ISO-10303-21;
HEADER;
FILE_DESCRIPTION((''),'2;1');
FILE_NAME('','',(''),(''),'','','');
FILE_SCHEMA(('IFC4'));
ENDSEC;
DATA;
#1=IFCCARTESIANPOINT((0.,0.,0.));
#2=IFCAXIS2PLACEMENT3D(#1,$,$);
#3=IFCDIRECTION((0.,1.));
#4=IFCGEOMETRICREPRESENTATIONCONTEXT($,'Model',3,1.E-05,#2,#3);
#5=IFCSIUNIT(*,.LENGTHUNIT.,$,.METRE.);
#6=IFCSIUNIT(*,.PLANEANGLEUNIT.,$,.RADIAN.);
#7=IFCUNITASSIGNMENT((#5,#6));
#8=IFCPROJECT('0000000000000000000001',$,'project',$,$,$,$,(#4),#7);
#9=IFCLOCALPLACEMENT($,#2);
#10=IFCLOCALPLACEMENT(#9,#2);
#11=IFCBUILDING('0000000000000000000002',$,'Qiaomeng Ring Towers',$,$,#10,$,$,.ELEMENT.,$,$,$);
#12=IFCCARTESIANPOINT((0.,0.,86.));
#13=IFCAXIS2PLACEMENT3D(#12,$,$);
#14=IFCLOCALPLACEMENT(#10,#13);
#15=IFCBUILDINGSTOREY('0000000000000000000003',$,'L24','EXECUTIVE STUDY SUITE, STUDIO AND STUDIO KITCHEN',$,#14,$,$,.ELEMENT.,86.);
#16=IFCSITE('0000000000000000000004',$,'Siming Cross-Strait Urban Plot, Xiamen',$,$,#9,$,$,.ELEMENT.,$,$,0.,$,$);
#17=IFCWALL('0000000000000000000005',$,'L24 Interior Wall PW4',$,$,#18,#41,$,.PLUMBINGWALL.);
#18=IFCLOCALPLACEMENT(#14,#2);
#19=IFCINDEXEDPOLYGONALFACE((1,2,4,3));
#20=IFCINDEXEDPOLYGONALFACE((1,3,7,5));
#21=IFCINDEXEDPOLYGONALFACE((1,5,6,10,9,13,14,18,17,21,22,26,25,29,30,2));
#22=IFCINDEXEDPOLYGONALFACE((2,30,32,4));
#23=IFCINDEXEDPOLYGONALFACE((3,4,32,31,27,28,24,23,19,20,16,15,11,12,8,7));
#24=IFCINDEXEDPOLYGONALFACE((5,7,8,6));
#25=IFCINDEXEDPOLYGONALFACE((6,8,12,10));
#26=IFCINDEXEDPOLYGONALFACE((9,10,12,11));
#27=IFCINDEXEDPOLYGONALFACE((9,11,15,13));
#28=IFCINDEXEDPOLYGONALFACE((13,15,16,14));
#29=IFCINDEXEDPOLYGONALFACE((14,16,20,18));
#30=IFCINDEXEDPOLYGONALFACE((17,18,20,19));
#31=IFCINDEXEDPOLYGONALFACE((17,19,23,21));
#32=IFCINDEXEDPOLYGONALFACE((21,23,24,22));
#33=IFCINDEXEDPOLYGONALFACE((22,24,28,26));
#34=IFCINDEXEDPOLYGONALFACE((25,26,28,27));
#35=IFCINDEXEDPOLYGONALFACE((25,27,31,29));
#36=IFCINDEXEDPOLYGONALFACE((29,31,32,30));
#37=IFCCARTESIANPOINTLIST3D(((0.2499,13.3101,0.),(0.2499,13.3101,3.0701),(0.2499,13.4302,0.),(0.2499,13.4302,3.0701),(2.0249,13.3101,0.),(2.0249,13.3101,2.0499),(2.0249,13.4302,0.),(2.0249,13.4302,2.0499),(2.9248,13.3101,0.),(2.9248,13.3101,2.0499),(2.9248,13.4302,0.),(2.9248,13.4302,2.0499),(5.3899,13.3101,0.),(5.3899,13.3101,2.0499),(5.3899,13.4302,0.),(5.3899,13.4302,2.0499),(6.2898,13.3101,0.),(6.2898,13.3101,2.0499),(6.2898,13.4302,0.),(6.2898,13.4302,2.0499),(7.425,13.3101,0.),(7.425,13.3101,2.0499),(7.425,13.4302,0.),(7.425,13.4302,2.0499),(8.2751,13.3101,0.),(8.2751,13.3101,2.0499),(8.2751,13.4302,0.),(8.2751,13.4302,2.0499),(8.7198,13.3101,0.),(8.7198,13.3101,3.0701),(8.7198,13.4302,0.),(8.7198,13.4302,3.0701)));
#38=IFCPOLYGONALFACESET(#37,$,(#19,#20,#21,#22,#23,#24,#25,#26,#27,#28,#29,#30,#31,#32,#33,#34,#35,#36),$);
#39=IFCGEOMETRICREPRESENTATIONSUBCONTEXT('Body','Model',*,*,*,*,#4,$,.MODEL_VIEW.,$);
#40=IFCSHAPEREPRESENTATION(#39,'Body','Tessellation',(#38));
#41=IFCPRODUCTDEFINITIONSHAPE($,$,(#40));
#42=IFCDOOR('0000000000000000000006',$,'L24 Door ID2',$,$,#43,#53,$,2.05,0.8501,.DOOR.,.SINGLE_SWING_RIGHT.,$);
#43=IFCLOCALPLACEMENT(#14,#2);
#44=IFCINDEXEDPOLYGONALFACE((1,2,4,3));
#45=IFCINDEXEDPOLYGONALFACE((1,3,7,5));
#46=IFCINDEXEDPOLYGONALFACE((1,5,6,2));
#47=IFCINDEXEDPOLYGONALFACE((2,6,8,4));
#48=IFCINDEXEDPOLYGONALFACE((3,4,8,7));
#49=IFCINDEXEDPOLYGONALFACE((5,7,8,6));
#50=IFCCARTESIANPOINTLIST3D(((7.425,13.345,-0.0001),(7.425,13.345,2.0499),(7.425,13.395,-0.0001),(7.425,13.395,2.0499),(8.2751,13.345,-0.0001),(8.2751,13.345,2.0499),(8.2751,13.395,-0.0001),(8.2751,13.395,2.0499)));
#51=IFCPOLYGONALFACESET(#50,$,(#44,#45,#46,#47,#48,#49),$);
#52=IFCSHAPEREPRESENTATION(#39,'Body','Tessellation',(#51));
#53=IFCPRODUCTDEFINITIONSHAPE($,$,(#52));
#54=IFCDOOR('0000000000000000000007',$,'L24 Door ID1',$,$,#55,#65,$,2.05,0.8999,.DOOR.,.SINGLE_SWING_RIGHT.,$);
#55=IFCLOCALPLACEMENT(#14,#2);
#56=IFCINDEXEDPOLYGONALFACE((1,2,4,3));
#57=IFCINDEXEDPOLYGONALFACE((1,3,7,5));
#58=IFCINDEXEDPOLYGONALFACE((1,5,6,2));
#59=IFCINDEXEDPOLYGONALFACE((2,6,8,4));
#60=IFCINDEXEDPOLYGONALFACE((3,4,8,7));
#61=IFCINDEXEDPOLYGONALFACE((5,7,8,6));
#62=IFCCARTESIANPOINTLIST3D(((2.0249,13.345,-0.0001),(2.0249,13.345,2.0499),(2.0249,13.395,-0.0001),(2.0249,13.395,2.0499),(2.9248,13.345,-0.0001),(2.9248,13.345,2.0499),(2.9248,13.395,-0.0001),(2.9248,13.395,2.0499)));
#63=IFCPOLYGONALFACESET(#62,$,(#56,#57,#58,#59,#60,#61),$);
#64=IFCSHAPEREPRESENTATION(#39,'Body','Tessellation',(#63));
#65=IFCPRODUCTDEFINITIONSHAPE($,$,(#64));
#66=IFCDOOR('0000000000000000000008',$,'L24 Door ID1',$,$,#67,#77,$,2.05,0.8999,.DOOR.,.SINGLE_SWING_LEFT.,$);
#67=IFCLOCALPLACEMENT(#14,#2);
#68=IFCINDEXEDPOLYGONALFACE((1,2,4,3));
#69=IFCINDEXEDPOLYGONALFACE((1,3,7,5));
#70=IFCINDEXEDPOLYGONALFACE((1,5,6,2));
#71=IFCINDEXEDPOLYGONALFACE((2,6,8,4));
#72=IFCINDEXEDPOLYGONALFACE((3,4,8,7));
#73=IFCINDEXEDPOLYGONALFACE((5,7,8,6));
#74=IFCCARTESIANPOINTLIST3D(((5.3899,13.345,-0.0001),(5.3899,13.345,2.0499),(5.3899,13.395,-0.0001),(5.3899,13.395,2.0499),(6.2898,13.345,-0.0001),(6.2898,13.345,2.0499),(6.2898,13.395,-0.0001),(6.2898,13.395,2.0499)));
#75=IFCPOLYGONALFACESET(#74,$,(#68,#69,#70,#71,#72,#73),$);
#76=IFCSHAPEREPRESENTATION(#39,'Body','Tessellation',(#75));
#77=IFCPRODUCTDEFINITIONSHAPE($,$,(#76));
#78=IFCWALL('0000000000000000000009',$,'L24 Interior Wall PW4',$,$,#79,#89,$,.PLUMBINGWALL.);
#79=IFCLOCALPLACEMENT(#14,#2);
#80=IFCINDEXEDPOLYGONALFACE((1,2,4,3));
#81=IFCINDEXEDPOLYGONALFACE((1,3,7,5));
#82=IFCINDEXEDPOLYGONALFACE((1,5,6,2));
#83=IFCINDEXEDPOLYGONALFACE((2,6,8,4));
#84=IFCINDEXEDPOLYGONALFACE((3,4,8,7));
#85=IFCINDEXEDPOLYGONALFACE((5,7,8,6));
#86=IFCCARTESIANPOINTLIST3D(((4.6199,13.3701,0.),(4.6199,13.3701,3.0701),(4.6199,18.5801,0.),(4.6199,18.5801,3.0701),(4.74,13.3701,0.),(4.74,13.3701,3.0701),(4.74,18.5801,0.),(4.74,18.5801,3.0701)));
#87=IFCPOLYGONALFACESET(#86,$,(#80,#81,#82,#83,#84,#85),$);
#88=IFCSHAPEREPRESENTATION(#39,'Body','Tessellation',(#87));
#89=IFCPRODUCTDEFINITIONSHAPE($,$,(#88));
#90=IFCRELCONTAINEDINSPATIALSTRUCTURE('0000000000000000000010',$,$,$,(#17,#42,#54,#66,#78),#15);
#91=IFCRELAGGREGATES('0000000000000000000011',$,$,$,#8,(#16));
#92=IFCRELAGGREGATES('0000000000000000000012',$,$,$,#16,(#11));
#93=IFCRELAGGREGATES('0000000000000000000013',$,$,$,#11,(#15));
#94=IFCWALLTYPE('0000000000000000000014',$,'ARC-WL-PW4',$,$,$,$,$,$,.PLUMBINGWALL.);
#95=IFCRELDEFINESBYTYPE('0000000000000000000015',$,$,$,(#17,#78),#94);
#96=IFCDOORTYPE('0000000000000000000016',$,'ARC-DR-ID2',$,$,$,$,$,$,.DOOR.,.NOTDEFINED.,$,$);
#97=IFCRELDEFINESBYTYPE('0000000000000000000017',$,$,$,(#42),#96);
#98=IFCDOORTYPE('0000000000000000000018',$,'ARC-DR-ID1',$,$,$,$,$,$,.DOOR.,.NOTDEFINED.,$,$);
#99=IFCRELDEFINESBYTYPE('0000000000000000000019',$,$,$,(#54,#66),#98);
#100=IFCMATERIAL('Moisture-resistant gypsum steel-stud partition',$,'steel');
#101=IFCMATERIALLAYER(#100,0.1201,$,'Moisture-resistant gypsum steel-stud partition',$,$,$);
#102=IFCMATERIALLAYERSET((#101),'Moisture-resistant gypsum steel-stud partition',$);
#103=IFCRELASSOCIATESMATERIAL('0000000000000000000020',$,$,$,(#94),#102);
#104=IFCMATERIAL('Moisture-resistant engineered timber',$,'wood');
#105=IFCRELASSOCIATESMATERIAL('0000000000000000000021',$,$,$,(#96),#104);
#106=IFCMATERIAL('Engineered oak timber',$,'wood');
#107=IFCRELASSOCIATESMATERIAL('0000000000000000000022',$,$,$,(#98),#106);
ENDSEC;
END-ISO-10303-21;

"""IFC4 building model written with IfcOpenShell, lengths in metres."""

from ifc_helpers import new_model, si_unit, direction, frame, frame_2d, origin, place, context, subcontext, project, spatial, rectangle, extrude, source, transform, mapped, material, layer, layer_set, type_object, element, fill, save


model = new_model("IFC4")

# Units and contexts
model_context = context("Model", 3, precision=1e-05, world=origin(), true_north=direction((0.0, 1.0)))
body_context = subcontext(model_context, "Body", "Model", "MODEL_VIEW")
ifc_project = project(units=[si_unit("LENGTHUNIT", "METRE"), si_unit("PLANEANGLEUNIT", "RADIAN")], contexts=[model_context])

# Site, building, storey
site_placement = place(None, origin())
site = spatial("IfcSite", under=ifc_project, at=site_placement, Name="Siming Cross-Strait Urban Plot, Xiamen", CompositionType="ELEMENT", RefElevation=0.0)
building_placement = place(site_placement, origin())
building = spatial("IfcBuilding", under=site, at=building_placement, Name="Qiaomeng Ring Towers", CompositionType="ELEMENT")
storey_placement = place(building_placement, frame((0.0, 0.0, 86.0)))
storey = spatial("IfcBuildingStorey", under=building, at=storey_placement, Name="L24", Description="EXECUTIVE STUDY SUITE, STUDIO AND STUDIO KITCHEN", CompositionType="ELEMENT", Elevation=86.0)

# Wall, openings, doors
ifc_material_1 = material(Name="Moisture-resistant gypsum steel-stud partition", Category="steel")
ifc_layer_1 = layer(ifc_material_1, 0.1201, Name="Moisture-resistant gypsum steel-stud partition")
ifc_layer_set_1 = layer_set([ifc_layer_1], Name="Moisture-resistant gypsum steel-stud partition")
wall_type_1 = type_object("IfcWallType", Name="ARC-WL-PW4", PredefinedType="PLUMBINGWALL", material=ifc_layer_set_1)
wall_1_placement = place(storey_placement, frame((0.25, 13.3701, 0.0), z_axis=(0.0, 0.0, 1.0), x_axis=(1.0, 0.0, 0.0)))
wall_1 = element("IfcWall", 1, at=wall_1_placement, inside=storey, type_object=wall_type_1, Name="L24 Interior Wall PW4", PredefinedType="PLUMBINGWALL", context=body_context, shape_type="SweptSolid", body=[
    extrude(rectangle(XDim=8.47, YDim=0.1201, at=frame_2d((4.2349, 0.0))), origin(), (0.0, 0.0, 1.0), 3.0701),
])
opening_1_placement = place(wall_1_placement, frame((1.7749, 0.0, 0.0)))
opening_1 = element("IfcOpeningElement", 2, at=opening_1_placement, cuts=wall_1, PredefinedType="OPENING", context=body_context, shape_type="SweptSolid", body=[
    extrude(rectangle(XDim=0.8999, YDim=2.05, at=frame_2d((0.45, 1.0249))), frame((0.0, 0.0701, 0.0), z_axis=(0.0, -1.0, 0.0), x_axis=(1.0, 0.0, 0.0)), (0.0, 0.0, 1.0), 0.1401),
])
opening_2_placement = place(wall_1_placement, frame((5.1399, 0.0, 0.0)))
opening_2 = element("IfcOpeningElement", 3, at=opening_2_placement, cuts=wall_1, PredefinedType="OPENING", context=body_context, shape_type="SweptSolid", body=[
    extrude(rectangle(XDim=0.8999, YDim=2.05, at=frame_2d((0.45, 1.0249))), frame((0.0, 0.0701, 0.0), z_axis=(0.0, -1.0, 0.0), x_axis=(1.0, 0.0, 0.0)), (0.0, 0.0, 1.0), 0.1401),
])
opening_3_placement = place(wall_1_placement, frame((7.175, 0.0, 0.0)))
opening_3 = element("IfcOpeningElement", 4, at=opening_3_placement, cuts=wall_1, PredefinedType="OPENING", context=body_context, shape_type="SweptSolid", body=[
    extrude(rectangle(XDim=0.8501, YDim=2.05, at=frame_2d((0.425, 1.0249))), frame((0.0, 0.0701, 0.0), z_axis=(0.0, -1.0, 0.0), x_axis=(1.0, 0.0, 0.0)), (0.0, 0.0, 1.0), 0.1401),
])
ifc_material_2 = material(Name="Moisture-resistant engineered timber", Category="wood")
door_type_1 = type_object("IfcDoorType", Name="ARC-DR-ID2", OperationType="NOTDEFINED", PredefinedType="DOOR", material=ifc_material_2)
shared_shape_1 = source(origin(), body_context, "Body", "SweptSolid", [
    extrude(rectangle(XDim=0.8501, YDim=2.05, at=frame_2d((0.425, 1.0249))), frame((0.0, 0.0249, 0.0), z_axis=(0.0, -1.0, 0.0), x_axis=(1.0, 0.0, 0.0)), (0.0, 0.0, 1.0), 0.05),
])
door_1_placement = place(opening_3_placement, origin())
door_1 = element("IfcDoor", 5, at=door_1_placement, inside=storey, type_object=door_type_1, Name="L24 Door ID2", OperationType="SINGLE_SWING_RIGHT", OverallHeight=2.05, OverallWidth=0.8501, PredefinedType="DOOR", context=body_context, shape_type="MappedRepresentation", body=[
    mapped(shared_shape_1, transform((0.0, 0.0, 0.0), x_axis=(1.0, 0.0, 0.0), y_axis=(0.0, 1.0, 0.0), z_axis=(0.0, 0.0, 1.0), scale=1.0)),
])
fill(opening_3, door_1)
ifc_material_3 = material(Name="Engineered oak timber", Category="wood")
door_type_2 = type_object("IfcDoorType", Name="ARC-DR-ID1", OperationType="NOTDEFINED", PredefinedType="DOOR", material=ifc_material_3)
shared_shape_2 = source(origin(), body_context, "Body", "SweptSolid", [
    extrude(rectangle(XDim=0.8999, YDim=2.05, at=frame_2d((0.45, 1.0249))), frame((0.0, 0.0249, 0.0), z_axis=(0.0, -1.0, 0.0), x_axis=(1.0, 0.0, 0.0)), (0.0, 0.0, 1.0), 0.05),
])
door_2_placement = place(opening_1_placement, origin())
door_2 = element("IfcDoor", 6, at=door_2_placement, inside=storey, type_object=door_type_2, Name="L24 Door ID1", OperationType="SINGLE_SWING_RIGHT", OverallHeight=2.05, OverallWidth=0.8999, PredefinedType="DOOR", context=body_context, shape_type="MappedRepresentation", body=[
    mapped(shared_shape_2, transform((0.0, 0.0, 0.0), x_axis=(1.0, 0.0, 0.0), y_axis=(0.0, 1.0, 0.0), z_axis=(0.0, 0.0, 1.0), scale=1.0)),
])
fill(opening_1, door_2)
door_3_placement = place(opening_2_placement, origin())
door_3 = element("IfcDoor", 7, at=door_3_placement, inside=storey, type_object=door_type_2, Name="L24 Door ID1", OperationType="SINGLE_SWING_LEFT", OverallHeight=2.05, OverallWidth=0.8999, PredefinedType="DOOR", context=body_context, shape_type="MappedRepresentation", body=[
    mapped(shared_shape_2, transform((0.0, 0.0, 0.0), x_axis=(1.0, 0.0, 0.0), y_axis=(0.0, 1.0, 0.0), z_axis=(0.0, 0.0, 1.0), scale=1.0)),
])
fill(opening_2, door_3)

# Wall
wall_2_placement = place(storey_placement, frame((4.6799, 13.3701, 0.0), z_axis=(0.0, 0.0, 1.0), x_axis=(0.0, 1.0, 0.0)))
element("IfcWall", 8, at=wall_2_placement, inside=storey, type_object=wall_type_1, Name="L24 Interior Wall PW4", PredefinedType="PLUMBINGWALL", context=body_context, shape_type="SweptSolid", body=[
    extrude(rectangle(XDim=5.21, YDim=0.1201, at=frame_2d((2.605, 0.0))), origin(), (0.0, 0.0, 1.0), 3.0701),
])

save(model, "model.ifc")
